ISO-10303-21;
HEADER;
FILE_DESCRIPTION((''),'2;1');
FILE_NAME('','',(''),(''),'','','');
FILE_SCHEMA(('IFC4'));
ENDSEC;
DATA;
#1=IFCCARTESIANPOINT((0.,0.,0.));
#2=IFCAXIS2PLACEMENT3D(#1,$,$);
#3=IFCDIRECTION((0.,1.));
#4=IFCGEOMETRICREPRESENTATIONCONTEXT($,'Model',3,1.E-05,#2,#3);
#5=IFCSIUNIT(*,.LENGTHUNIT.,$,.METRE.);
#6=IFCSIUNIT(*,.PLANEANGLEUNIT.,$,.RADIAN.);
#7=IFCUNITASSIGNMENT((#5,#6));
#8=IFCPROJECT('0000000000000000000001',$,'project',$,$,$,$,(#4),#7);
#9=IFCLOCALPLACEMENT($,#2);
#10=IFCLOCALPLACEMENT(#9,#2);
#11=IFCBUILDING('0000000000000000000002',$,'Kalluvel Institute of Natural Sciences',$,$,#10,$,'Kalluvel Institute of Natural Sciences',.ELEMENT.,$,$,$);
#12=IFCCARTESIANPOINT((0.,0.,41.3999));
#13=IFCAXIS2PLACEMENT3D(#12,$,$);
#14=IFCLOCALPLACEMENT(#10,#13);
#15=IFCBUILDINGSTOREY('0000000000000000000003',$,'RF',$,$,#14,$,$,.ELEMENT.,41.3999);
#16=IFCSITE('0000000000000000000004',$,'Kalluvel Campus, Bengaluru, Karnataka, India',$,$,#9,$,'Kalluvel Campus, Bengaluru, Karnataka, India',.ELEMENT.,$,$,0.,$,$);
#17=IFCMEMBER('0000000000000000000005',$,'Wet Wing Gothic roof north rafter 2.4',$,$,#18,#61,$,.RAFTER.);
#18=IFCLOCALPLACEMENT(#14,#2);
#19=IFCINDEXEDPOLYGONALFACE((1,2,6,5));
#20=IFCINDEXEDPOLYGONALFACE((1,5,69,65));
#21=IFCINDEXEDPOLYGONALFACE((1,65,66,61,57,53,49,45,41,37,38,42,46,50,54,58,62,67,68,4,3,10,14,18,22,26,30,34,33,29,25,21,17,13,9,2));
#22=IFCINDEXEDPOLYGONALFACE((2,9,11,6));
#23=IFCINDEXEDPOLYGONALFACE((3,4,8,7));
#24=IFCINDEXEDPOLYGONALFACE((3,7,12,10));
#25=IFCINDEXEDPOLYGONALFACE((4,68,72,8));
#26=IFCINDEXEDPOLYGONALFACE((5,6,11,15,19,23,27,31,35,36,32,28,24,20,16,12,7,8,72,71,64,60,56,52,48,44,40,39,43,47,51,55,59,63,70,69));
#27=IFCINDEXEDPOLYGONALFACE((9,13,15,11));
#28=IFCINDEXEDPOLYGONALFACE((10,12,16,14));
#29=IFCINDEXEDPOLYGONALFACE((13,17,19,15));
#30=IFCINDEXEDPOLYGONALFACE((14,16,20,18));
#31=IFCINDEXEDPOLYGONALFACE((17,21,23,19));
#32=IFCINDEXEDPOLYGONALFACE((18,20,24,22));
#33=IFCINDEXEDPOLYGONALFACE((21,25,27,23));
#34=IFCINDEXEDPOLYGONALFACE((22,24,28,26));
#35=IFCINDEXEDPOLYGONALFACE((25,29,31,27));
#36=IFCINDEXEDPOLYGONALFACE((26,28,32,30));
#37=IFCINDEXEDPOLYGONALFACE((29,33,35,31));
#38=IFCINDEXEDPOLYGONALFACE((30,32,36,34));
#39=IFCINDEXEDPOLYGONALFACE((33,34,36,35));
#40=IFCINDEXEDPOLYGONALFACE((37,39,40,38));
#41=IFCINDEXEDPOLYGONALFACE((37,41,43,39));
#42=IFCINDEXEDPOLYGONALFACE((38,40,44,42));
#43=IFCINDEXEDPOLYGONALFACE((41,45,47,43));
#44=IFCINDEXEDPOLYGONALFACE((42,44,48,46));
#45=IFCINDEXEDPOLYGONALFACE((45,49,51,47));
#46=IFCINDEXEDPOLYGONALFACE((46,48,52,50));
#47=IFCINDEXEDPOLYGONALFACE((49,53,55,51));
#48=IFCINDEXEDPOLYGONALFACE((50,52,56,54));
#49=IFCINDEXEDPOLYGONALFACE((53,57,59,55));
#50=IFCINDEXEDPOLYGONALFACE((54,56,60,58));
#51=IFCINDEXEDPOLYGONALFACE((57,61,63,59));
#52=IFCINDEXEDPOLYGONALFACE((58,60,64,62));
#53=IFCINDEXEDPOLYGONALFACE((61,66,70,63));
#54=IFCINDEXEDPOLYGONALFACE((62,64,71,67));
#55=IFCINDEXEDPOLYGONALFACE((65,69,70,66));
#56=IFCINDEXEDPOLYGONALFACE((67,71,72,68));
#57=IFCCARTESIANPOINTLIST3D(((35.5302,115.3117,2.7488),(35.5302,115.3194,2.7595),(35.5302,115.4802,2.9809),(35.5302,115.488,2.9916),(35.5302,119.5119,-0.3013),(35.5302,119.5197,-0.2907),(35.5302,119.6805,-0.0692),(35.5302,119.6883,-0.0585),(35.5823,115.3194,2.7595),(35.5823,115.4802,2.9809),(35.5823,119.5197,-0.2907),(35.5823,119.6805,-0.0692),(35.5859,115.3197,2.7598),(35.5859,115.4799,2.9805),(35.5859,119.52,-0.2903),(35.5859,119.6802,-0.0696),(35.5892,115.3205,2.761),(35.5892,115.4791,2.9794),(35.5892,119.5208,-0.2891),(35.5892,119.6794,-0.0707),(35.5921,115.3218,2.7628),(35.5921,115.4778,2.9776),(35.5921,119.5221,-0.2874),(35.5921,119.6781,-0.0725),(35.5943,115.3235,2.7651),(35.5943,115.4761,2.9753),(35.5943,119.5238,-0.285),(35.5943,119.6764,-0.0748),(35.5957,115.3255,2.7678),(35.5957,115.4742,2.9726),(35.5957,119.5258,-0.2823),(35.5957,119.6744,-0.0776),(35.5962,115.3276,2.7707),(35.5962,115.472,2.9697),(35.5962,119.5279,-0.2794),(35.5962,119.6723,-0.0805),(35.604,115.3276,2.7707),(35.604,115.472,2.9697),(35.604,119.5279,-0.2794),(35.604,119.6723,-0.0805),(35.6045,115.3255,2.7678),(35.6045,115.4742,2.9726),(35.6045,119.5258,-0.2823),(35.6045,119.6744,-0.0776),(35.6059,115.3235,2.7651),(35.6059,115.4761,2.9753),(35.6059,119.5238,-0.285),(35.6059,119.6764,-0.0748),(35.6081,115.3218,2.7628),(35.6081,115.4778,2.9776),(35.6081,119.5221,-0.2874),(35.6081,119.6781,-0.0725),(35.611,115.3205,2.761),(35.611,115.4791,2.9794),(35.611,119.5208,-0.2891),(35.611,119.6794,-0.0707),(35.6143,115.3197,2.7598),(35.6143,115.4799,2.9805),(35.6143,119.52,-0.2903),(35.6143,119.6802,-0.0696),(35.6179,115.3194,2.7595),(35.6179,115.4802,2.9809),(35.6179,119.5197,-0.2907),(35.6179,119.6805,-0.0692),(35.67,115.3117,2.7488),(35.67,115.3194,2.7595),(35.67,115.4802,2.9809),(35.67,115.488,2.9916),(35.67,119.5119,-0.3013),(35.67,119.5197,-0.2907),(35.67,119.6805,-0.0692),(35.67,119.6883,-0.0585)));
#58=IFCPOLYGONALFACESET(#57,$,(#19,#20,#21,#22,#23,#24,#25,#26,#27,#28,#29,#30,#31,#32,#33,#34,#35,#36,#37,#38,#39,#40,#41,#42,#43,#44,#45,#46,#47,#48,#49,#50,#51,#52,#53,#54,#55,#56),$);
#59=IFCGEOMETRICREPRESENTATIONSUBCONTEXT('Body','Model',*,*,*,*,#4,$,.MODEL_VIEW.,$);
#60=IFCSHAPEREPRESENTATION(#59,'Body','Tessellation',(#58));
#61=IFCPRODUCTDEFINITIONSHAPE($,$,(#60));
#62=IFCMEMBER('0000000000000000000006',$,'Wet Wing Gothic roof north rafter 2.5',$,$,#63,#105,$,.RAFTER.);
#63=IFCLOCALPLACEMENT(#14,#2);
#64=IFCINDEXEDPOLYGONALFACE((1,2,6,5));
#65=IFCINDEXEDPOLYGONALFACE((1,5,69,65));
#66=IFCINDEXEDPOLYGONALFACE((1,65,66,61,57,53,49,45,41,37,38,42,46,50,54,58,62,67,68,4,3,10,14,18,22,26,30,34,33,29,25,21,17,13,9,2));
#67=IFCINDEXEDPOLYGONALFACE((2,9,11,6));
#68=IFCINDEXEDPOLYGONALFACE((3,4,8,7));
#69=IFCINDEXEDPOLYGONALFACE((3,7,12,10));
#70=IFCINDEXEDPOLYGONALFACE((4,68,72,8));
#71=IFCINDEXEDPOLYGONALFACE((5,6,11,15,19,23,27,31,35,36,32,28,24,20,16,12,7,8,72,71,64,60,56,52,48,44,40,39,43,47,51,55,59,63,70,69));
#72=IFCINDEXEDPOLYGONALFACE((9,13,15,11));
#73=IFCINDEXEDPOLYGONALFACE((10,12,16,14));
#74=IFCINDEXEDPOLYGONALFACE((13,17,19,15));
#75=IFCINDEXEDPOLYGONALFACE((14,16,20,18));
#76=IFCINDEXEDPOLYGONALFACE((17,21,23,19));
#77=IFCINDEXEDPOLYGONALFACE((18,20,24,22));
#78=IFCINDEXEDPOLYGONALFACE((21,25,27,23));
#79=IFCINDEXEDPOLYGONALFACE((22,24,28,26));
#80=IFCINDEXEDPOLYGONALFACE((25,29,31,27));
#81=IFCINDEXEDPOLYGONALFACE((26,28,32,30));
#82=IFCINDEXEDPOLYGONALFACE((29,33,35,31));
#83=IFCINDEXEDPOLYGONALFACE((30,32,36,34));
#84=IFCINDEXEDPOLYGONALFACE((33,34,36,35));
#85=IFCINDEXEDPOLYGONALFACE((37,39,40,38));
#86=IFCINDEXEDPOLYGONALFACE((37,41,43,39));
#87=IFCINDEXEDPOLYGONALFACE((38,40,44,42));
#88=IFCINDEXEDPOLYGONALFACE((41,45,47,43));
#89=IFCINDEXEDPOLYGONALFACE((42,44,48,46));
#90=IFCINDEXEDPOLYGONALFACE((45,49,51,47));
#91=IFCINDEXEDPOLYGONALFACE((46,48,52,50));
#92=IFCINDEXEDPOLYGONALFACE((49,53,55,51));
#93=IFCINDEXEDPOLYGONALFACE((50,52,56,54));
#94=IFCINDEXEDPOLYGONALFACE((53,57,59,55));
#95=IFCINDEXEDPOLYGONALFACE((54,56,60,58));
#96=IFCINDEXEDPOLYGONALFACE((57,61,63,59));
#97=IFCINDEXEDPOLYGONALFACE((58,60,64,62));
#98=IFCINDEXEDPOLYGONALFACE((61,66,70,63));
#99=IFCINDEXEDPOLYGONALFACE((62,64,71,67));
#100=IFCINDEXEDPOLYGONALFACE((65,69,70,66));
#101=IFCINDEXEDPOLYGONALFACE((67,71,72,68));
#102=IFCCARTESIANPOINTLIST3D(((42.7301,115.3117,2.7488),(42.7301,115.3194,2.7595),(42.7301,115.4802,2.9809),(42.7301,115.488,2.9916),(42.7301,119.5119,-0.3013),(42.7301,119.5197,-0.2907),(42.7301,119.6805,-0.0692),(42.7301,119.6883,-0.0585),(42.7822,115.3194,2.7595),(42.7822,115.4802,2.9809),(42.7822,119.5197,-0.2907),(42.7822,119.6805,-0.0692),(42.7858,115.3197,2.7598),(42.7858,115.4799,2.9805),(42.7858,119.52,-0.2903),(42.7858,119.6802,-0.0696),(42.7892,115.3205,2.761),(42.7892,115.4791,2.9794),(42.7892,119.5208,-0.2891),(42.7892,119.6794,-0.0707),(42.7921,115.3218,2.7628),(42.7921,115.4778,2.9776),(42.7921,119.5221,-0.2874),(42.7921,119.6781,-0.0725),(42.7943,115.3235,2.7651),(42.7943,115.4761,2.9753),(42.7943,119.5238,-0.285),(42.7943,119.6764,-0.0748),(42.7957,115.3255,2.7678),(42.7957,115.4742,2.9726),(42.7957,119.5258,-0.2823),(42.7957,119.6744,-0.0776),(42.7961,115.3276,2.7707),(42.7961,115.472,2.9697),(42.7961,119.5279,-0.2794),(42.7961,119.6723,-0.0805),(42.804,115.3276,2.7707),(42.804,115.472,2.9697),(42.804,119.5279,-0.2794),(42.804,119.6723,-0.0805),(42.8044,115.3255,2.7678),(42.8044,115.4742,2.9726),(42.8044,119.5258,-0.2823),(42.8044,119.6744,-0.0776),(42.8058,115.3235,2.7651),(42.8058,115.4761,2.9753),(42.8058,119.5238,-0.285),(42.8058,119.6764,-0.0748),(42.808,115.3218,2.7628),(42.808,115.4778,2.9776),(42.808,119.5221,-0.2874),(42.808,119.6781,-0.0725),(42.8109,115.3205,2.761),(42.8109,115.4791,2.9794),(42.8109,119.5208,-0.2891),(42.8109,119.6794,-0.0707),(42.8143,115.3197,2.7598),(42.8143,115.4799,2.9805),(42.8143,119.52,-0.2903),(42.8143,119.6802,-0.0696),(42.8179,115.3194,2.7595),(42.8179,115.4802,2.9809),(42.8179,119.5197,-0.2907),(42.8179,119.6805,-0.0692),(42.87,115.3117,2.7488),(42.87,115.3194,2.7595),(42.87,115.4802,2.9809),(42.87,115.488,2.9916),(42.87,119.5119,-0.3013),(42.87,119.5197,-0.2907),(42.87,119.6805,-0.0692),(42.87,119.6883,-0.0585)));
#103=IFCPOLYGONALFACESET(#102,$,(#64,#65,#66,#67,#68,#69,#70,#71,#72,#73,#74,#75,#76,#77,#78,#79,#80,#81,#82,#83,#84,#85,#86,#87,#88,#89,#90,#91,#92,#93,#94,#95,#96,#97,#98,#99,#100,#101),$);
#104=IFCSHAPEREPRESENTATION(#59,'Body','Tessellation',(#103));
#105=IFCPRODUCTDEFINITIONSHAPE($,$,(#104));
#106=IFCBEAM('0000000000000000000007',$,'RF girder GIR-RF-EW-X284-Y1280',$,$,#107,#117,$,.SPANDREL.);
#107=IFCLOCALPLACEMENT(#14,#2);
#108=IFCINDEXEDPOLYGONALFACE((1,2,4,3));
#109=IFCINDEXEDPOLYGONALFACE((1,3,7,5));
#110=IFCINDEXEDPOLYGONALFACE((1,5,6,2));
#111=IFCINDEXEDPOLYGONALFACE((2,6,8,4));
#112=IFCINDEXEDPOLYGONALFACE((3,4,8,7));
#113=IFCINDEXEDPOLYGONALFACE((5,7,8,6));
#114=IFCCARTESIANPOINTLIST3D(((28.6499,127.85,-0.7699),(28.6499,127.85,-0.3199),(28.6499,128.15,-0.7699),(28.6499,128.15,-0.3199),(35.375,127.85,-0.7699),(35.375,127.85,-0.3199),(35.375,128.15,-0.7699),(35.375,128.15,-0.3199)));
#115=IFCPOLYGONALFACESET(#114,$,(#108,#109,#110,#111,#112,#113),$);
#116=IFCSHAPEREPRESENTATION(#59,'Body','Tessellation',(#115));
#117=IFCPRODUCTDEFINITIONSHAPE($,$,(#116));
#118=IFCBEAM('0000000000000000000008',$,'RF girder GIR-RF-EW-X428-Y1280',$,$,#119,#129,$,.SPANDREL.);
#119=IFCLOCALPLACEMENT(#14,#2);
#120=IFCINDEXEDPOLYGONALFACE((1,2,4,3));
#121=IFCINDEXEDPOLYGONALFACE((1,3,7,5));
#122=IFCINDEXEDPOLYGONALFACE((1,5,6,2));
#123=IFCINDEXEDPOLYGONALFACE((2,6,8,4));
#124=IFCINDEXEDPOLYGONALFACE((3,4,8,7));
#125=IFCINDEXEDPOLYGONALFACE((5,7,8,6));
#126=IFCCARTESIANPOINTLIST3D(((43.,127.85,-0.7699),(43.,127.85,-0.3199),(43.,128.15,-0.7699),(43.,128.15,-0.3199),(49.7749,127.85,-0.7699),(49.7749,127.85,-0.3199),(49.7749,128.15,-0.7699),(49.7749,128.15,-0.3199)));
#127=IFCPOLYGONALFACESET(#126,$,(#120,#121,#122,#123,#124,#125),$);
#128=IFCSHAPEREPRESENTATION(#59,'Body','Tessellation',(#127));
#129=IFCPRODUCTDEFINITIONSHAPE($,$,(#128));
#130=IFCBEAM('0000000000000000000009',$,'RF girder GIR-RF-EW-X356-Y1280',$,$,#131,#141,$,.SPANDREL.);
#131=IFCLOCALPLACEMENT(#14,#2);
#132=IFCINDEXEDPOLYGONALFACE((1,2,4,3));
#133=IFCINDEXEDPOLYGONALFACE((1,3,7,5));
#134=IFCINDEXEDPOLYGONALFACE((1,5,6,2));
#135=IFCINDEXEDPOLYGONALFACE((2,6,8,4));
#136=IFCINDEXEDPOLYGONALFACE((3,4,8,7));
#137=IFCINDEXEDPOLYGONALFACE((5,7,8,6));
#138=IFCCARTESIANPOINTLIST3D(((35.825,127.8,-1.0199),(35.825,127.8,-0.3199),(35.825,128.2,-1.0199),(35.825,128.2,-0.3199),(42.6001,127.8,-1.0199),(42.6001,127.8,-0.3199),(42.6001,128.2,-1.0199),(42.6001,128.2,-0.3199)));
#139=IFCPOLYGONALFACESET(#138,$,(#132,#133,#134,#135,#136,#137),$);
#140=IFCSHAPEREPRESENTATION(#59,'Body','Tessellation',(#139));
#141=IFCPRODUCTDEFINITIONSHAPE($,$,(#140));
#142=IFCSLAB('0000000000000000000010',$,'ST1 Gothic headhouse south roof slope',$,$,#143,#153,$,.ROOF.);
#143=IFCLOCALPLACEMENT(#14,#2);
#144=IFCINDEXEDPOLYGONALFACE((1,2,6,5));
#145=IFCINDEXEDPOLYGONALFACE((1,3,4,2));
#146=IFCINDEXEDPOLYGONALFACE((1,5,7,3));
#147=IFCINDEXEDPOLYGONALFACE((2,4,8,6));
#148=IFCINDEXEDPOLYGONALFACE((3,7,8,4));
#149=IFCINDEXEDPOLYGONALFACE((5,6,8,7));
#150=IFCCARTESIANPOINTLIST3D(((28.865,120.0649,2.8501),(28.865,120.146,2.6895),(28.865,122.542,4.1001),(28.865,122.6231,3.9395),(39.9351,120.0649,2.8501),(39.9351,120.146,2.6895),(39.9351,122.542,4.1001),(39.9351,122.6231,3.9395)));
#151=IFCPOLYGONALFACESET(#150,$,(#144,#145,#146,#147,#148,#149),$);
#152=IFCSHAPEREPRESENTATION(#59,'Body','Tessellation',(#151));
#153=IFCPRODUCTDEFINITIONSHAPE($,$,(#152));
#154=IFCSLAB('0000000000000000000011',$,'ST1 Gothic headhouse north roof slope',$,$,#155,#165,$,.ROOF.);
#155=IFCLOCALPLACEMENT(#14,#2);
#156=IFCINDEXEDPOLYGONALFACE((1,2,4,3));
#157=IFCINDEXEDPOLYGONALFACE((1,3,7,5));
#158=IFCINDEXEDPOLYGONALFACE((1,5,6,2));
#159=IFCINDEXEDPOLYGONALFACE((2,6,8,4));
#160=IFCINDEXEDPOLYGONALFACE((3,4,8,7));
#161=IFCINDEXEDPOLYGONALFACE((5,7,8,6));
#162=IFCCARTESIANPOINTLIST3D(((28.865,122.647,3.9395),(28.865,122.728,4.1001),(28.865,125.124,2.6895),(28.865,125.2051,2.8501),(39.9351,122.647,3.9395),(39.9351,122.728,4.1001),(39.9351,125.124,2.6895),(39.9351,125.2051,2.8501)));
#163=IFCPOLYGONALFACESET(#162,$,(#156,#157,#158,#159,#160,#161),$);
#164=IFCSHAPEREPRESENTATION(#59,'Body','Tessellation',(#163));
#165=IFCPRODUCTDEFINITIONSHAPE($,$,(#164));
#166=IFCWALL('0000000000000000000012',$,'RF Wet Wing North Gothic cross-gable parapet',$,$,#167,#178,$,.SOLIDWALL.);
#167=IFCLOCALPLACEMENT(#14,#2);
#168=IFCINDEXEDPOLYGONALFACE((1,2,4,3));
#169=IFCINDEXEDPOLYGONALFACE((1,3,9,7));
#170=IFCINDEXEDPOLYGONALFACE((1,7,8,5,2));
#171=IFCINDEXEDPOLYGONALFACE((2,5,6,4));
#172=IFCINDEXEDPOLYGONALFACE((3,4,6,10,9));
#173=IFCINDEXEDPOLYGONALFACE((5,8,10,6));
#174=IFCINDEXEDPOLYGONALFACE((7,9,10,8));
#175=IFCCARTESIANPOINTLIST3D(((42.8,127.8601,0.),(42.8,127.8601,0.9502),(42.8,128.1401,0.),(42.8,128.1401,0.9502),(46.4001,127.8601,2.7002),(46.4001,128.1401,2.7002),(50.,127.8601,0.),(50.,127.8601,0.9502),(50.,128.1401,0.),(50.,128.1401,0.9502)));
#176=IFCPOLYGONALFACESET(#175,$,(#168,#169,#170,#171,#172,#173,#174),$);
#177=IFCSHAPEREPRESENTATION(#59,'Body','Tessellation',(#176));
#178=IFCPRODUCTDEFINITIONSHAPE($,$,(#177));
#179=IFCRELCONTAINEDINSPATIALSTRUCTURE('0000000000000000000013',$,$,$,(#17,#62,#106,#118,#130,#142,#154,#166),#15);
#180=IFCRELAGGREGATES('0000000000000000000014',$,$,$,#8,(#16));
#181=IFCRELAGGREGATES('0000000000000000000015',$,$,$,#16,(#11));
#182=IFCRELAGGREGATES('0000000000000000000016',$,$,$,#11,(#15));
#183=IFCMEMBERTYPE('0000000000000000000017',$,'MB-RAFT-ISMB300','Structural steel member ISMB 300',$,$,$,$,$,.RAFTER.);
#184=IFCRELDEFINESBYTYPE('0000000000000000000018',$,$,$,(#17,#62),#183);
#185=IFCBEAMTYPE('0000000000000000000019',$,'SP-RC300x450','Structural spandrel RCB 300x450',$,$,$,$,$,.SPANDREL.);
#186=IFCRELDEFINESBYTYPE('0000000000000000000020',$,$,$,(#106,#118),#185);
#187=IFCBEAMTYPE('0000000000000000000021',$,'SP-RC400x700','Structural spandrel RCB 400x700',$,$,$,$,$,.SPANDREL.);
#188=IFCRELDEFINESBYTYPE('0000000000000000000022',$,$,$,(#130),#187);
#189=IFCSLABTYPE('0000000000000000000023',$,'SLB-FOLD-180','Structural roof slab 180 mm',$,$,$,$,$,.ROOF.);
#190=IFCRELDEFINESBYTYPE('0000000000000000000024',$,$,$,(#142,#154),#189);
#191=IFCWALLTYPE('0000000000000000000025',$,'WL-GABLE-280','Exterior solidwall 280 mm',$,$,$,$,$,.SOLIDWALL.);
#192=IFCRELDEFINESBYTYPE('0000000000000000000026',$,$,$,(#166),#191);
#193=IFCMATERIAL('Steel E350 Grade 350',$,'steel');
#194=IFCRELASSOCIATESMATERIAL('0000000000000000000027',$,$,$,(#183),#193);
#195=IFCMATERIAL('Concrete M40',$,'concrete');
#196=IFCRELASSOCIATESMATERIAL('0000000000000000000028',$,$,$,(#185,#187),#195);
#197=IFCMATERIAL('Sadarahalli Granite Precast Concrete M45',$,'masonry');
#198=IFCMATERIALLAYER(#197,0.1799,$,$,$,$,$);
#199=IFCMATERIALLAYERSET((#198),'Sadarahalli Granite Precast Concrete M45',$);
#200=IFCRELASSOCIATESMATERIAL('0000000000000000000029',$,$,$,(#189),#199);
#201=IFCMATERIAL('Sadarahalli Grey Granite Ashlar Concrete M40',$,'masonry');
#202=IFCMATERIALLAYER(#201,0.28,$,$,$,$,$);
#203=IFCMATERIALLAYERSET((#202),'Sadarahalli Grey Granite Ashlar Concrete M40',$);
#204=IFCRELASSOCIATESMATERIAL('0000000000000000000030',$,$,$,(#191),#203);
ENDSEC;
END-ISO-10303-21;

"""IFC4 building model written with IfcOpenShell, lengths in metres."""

from ifc_helpers import new_model, si_unit, direction, frame, origin, origin_2d, place, context, subcontext, project, spatial, polyline, rectangle, i_section, outline, extrude, material, layer, layer_set, material_profile, profile_set, type_object, element, save


model = new_model("IFC4")

# Units and contexts
model_context = context("Model", 3, precision=1e-05, world=origin(), true_north=direction((0.0, 1.0)))
body_context = subcontext(model_context, "Body", "Model", "MODEL_VIEW")
ifc_project = project(units=[si_unit("LENGTHUNIT", "METRE"), si_unit("PLANEANGLEUNIT", "RADIAN")], contexts=[model_context])

# Site, building, storey
site_placement = place(None, origin())
site = spatial("IfcSite", under=ifc_project, at=site_placement, Name="Kalluvel Campus, Bengaluru, Karnataka, India", LongName="Kalluvel Campus, Bengaluru, Karnataka, India", CompositionType="ELEMENT", RefElevation=0.0)
building_placement = place(site_placement, origin())
building = spatial("IfcBuilding", under=site, at=building_placement, Name="Kalluvel Institute of Natural Sciences", LongName="Kalluvel Institute of Natural Sciences", CompositionType="ELEMENT")
storey_placement = place(building_placement, frame((0.0, 0.0, 41.3999)))
storey = spatial("IfcBuildingStorey", under=building, at=storey_placement, Name="RF", CompositionType="ELEMENT", Elevation=41.3999)

# Shared definitions
ifc_material_1 = material(Name="Steel E350 Grade 350", Category="steel")
ifc_material_2 = material(Name="Concrete M40", Category="concrete")
ifc_material_3 = material(Name="Sadarahalli Granite Precast Concrete M45", Category="masonry")

# Members
ifc_material_profile_1 = material_profile(ifc_material_1, i_section(OverallWidth=0.1399, OverallDepth=0.3, WebThickness=0.0078, FlangeThickness=0.0132, FilletRadius=0.0139, at=origin_2d()), Name="ISMB 300")
ifc_profile_set_1 = profile_set([ifc_material_profile_1], Name="Steel E350 Grade 350")
member_type = type_object("IfcMemberType", Name="MB-RAFT-ISMB300", Description="Structural steel member ISMB 300", PredefinedType="RAFTER", material=ifc_profile_set_1)
for number, where, z_axis, x_axis, name in (
    (1, (35.6001, 119.6001, -0.1799), (0.0, -0.809161, 0.587587), (1.0, 0.0, 0.0), "Wet Wing Gothic roof north rafter 2.4"),
    (2, (42.8, 119.6001, -0.1799), (0.0, -0.809161, 0.587587), (1.0, 0.0, 0.0), "Wet Wing Gothic roof north rafter 2.5"),
):
    element("IfcMember", number, at=place(storey_placement, frame(where, z_axis=z_axis, x_axis=x_axis)), inside=storey, type_object=member_type, Name=name, PredefinedType="RAFTER", context=body_context, shape_type="SweptSolid", body=[
        extrude(i_section(OverallWidth=0.1399, OverallDepth=0.3, WebThickness=0.0078, FlangeThickness=0.0132, FilletRadius=0.0139, at=origin_2d()), origin(), (0.0, 0.0, 1.0), 5.1909),
    ])

# Beams
ifc_material_profile_2 = material_profile(ifc_material_2, rectangle(XDim=0.3, YDim=0.45, at=origin_2d()), Name="RCB 300x450")
ifc_profile_set_2 = profile_set([ifc_material_profile_2], Name="Concrete M40")
beam_type_1 = type_object("IfcBeamType", Name="SP-RC300x450", Description="Structural spandrel RCB 300x450", PredefinedType="SPANDREL", material=ifc_profile_set_2)
beam_1_placement = place(storey_placement, frame((28.6499, 128.0, -0.5449), z_axis=(1.0, 0.0, 0.0), x_axis=(0.0, 1.0, 0.0)))
element("IfcBeam", 3, at=beam_1_placement, inside=storey, type_object=beam_type_1, Name="RF girder GIR-RF-EW-X284-Y1280", PredefinedType="SPANDREL", context=body_context, shape_type="SweptSolid", body=[
    extrude(rectangle(XDim=0.3, YDim=0.45, at=origin_2d()), origin(), (0.0, 0.0, 1.0), 6.7251),
])
beam_2_placement = place(storey_placement, frame((43.0, 128.0, -0.5449), z_axis=(1.0, 0.0, 0.0), x_axis=(0.0, 1.0, 0.0)))
element("IfcBeam", 4, at=beam_2_placement, inside=storey, type_object=beam_type_1, Name="RF girder GIR-RF-EW-X428-Y1280", PredefinedType="SPANDREL", context=body_context, shape_type="SweptSolid", body=[
    extrude(rectangle(XDim=0.3, YDim=0.45, at=origin_2d()), origin(), (0.0, 0.0, 1.0), 6.7749),
])
ifc_material_profile_3 = material_profile(ifc_material_2, rectangle(XDim=0.3999, YDim=0.7, at=origin_2d()), Name="RCB 400x700")
ifc_profile_set_3 = profile_set([ifc_material_profile_3], Name="Concrete M40")
beam_type_2 = type_object("IfcBeamType", Name="SP-RC400x700", Description="Structural spandrel RCB 400x700", PredefinedType="SPANDREL", material=ifc_profile_set_3)
beam_3_placement = place(storey_placement, frame((35.825, 128.0, -0.6699), z_axis=(1.0, 0.0, 0.0), x_axis=(0.0, 1.0, 0.0)))
element("IfcBeam", 5, at=beam_3_placement, inside=storey, type_object=beam_type_2, Name="RF girder GIR-RF-EW-X356-Y1280", PredefinedType="SPANDREL", context=body_context, shape_type="SweptSolid", body=[
    extrude(rectangle(XDim=0.3999, YDim=0.7, at=origin_2d()), origin(), (0.0, 0.0, 1.0), 6.7751),
])

# Slabs
ifc_layer_1 = layer(ifc_material_3, 0.1799)
ifc_layer_set_1 = layer_set([ifc_layer_1], Name="Sadarahalli Granite Precast Concrete M45")
slab_type = type_object("IfcSlabType", Name="SLB-FOLD-180", Description="Structural roof slab 180 mm", PredefinedType="ROOF", material=ifc_layer_set_1)
for number, where, z_axis, x_axis, name in (
    (6, (28.865, 120.0649, 2.8501), (0.0, -0.450519, 0.892767), (1.0, 0.0, 0.0), "ST1 Gothic headhouse south roof slope"),
    (7, (28.865, 122.728, 4.1001), (0.0, 0.450519, 0.892767), (1.0, 0.0, 0.0), "ST1 Gothic headhouse north roof slope"),
):
    element("IfcSlab", number, at=place(storey_placement, frame(where, z_axis=z_axis, x_axis=x_axis)), inside=storey, type_object=slab_type, Name=name, PredefinedType="ROOF", context=body_context, shape_type="SweptSolid", body=[
        extrude(outline(polyline([(0.0, 0.0), (11.0701, 0.0), (11.0701, 2.7746), (0.0, 2.7746), (0.0, 0.0)])), origin(), (0.0, 0.0, -1.0), 0.1799),
    ])

# Wall
ifc_material_4 = material(Name="Sadarahalli Grey Granite Ashlar Concrete M40", Category="masonry")
ifc_layer_2 = layer(ifc_material_4, 0.28)
ifc_layer_set_2 = layer_set([ifc_layer_2], Name="Sadarahalli Grey Granite Ashlar Concrete M40")
wall_type_1 = type_object("IfcWallType", Name="WL-GABLE-280", Description="Exterior solidwall 280 mm", PredefinedType="SOLIDWALL", material=ifc_layer_set_2)
wall_1_placement = place(storey_placement, frame((42.8, 128.0, 0.0), z_axis=(0.0, 0.0, 1.0), x_axis=(1.0, 0.0, 0.0)))
element("IfcWall", 8, at=wall_1_placement, inside=storey, type_object=wall_type_1, Name="RF Wet Wing North Gothic cross-gable parapet", PredefinedType="SOLIDWALL", context=body_context, shape_type="SweptSolid", body=[
    extrude(outline(polyline([(0.0, 0.0), (7.2, 0.0), (7.2, 0.9502), (3.6001, 2.7002), (0.0, 0.9502), (0.0, 0.0)])), frame((0.0, 0.1401, 0.0), z_axis=(0.0, -1.0, 0.0), x_axis=(1.0, 0.0, 0.0)), (0.0, 0.0, 1.0), 0.28),
])

save(model, "model.ifc")
